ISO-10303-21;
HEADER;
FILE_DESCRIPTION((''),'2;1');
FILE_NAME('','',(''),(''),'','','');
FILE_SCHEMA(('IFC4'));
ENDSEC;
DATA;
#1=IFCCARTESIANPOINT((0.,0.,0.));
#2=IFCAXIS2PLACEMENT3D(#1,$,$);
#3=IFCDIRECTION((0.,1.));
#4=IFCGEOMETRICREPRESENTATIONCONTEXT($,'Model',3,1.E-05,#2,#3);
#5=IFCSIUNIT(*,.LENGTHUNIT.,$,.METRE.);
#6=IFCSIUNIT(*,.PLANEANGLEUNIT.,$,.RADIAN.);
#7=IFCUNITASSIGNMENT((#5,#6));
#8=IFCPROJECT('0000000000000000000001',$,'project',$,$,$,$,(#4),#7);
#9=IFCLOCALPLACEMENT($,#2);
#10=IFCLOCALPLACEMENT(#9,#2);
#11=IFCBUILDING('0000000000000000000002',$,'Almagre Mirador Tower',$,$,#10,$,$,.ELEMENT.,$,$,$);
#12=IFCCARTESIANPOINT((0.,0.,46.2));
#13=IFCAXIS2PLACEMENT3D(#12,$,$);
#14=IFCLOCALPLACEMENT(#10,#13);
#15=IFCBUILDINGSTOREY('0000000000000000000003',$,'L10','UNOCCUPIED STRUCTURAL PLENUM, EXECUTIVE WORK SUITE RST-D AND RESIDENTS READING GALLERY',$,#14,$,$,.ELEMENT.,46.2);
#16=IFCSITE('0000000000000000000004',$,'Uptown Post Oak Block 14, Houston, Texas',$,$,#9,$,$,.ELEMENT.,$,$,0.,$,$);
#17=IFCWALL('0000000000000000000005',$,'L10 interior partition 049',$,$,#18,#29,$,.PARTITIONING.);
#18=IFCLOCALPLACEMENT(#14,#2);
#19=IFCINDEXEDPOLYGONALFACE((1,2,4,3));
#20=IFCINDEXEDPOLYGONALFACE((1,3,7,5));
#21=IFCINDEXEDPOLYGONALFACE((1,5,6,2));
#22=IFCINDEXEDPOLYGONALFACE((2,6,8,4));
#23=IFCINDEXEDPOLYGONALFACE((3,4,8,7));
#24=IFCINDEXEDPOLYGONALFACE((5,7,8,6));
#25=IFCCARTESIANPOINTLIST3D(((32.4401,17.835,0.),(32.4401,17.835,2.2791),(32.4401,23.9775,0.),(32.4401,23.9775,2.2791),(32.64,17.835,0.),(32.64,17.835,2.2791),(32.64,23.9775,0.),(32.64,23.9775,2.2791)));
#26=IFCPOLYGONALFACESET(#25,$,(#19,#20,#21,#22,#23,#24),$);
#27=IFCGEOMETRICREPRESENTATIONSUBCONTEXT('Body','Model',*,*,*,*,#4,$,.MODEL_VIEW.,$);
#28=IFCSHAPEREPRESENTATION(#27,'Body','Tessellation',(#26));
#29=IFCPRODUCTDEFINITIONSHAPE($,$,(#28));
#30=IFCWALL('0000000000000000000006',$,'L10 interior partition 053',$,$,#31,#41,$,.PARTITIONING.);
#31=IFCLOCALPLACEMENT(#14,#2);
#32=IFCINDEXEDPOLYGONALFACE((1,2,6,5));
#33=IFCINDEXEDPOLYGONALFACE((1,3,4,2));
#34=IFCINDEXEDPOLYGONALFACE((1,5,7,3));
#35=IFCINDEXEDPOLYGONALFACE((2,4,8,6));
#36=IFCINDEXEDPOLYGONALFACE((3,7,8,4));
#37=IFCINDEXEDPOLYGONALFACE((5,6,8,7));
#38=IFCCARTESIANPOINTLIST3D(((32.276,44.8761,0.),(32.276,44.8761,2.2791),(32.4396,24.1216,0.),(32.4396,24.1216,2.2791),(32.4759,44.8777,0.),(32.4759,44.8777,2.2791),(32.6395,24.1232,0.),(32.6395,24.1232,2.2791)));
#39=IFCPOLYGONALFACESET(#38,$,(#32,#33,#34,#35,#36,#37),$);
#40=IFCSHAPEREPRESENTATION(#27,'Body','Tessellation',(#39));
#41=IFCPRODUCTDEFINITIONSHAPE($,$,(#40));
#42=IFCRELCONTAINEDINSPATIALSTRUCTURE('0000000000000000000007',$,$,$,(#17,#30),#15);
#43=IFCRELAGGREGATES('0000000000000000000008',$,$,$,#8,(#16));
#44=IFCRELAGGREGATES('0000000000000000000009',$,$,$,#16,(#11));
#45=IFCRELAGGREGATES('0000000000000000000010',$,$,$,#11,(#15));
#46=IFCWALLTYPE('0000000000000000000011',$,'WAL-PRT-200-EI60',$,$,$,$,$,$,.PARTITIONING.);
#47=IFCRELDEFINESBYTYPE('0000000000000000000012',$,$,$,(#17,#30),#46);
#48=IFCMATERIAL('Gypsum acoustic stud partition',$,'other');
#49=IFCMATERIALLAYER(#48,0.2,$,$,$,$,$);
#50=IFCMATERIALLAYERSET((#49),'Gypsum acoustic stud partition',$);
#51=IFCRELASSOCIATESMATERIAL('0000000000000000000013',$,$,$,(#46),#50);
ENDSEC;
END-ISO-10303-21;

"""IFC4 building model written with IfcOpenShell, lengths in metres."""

from ifc_helpers import new_model, si_unit, direction, frame, frame_2d, origin, place, context, subcontext, project, spatial, rectangle, extrude, material, layer, layer_set, type_object, element, save


model = new_model("IFC4")

# Units and contexts
model_context = context("Model", 3, precision=1e-05, world=origin(), true_north=direction((0.0, 1.0)))
body_context = subcontext(model_context, "Body", "Model", "MODEL_VIEW")
ifc_project = project(units=[si_unit("LENGTHUNIT", "METRE"), si_unit("PLANEANGLEUNIT", "RADIAN")], contexts=[model_context])

# Site, building, storey
site_placement = place(None, origin())
site = spatial("IfcSite", under=ifc_project, at=site_placement, Name="Uptown Post Oak Block 14, Houston, Texas", CompositionType="ELEMENT", RefElevation=0.0)
building_placement = place(site_placement, origin())
building = spatial("IfcBuilding", under=site, at=building_placement, Name="Almagre Mirador Tower", CompositionType="ELEMENT")
storey_placement = place(building_placement, frame((0.0, 0.0, 46.2)))
storey = spatial("IfcBuildingStorey", under=building, at=storey_placement, Name="L10", Description="UNOCCUPIED STRUCTURAL PLENUM, EXECUTIVE WORK SUITE RST-D AND RESIDENTS READING GALLERY", CompositionType="ELEMENT", Elevation=46.2)

# Shared definitions
ifc_material_1 = material(Name="Gypsum acoustic stud partition", Category="other")
ifc_layer_1 = layer(ifc_material_1, 0.2)
ifc_layer_set_1 = layer_set([ifc_layer_1], Name="Gypsum acoustic stud partition")
wall_type_1 = type_object("IfcWallType", Name="WAL-PRT-200-EI60", PredefinedType="PARTITIONING", material=ifc_layer_set_1)

# Walls
wall_1_placement = place(storey_placement, frame((32.54, 17.835, 0.0), z_axis=(0.0, 0.0, 1.0), x_axis=(0.0, 1.0, 0.0)))
element("IfcWall", 1, at=wall_1_placement, inside=storey, type_object=wall_type_1, Name="L10 interior partition 049", PredefinedType="PARTITIONING", context=body_context, shape_type="SweptSolid", body=[
    extrude(rectangle(XDim=6.1426, YDim=0.2, at=frame_2d((3.0713, 0.0))), origin(), (0.0, 0.0, 1.0), 2.2791),
])
wall_2_placement = place(storey_placement, frame((32.5396, 24.1226, 0.0), z_axis=(0.0, 0.0, 1.0), x_axis=(-0.007881, 0.999969, 0.0)))
element("IfcWall", 2, at=wall_2_placement, inside=storey, type_object=wall_type_1, Name="L10 interior partition 053", PredefinedType="PARTITIONING", context=body_context, shape_type="SweptSolid", body=[
    extrude(rectangle(XDim=20.7551, YDim=0.2, at=frame_2d((10.3774, 0.0))), origin(), (0.0, 0.0, 1.0), 2.2791),
])

save(model, "model.ifc")
